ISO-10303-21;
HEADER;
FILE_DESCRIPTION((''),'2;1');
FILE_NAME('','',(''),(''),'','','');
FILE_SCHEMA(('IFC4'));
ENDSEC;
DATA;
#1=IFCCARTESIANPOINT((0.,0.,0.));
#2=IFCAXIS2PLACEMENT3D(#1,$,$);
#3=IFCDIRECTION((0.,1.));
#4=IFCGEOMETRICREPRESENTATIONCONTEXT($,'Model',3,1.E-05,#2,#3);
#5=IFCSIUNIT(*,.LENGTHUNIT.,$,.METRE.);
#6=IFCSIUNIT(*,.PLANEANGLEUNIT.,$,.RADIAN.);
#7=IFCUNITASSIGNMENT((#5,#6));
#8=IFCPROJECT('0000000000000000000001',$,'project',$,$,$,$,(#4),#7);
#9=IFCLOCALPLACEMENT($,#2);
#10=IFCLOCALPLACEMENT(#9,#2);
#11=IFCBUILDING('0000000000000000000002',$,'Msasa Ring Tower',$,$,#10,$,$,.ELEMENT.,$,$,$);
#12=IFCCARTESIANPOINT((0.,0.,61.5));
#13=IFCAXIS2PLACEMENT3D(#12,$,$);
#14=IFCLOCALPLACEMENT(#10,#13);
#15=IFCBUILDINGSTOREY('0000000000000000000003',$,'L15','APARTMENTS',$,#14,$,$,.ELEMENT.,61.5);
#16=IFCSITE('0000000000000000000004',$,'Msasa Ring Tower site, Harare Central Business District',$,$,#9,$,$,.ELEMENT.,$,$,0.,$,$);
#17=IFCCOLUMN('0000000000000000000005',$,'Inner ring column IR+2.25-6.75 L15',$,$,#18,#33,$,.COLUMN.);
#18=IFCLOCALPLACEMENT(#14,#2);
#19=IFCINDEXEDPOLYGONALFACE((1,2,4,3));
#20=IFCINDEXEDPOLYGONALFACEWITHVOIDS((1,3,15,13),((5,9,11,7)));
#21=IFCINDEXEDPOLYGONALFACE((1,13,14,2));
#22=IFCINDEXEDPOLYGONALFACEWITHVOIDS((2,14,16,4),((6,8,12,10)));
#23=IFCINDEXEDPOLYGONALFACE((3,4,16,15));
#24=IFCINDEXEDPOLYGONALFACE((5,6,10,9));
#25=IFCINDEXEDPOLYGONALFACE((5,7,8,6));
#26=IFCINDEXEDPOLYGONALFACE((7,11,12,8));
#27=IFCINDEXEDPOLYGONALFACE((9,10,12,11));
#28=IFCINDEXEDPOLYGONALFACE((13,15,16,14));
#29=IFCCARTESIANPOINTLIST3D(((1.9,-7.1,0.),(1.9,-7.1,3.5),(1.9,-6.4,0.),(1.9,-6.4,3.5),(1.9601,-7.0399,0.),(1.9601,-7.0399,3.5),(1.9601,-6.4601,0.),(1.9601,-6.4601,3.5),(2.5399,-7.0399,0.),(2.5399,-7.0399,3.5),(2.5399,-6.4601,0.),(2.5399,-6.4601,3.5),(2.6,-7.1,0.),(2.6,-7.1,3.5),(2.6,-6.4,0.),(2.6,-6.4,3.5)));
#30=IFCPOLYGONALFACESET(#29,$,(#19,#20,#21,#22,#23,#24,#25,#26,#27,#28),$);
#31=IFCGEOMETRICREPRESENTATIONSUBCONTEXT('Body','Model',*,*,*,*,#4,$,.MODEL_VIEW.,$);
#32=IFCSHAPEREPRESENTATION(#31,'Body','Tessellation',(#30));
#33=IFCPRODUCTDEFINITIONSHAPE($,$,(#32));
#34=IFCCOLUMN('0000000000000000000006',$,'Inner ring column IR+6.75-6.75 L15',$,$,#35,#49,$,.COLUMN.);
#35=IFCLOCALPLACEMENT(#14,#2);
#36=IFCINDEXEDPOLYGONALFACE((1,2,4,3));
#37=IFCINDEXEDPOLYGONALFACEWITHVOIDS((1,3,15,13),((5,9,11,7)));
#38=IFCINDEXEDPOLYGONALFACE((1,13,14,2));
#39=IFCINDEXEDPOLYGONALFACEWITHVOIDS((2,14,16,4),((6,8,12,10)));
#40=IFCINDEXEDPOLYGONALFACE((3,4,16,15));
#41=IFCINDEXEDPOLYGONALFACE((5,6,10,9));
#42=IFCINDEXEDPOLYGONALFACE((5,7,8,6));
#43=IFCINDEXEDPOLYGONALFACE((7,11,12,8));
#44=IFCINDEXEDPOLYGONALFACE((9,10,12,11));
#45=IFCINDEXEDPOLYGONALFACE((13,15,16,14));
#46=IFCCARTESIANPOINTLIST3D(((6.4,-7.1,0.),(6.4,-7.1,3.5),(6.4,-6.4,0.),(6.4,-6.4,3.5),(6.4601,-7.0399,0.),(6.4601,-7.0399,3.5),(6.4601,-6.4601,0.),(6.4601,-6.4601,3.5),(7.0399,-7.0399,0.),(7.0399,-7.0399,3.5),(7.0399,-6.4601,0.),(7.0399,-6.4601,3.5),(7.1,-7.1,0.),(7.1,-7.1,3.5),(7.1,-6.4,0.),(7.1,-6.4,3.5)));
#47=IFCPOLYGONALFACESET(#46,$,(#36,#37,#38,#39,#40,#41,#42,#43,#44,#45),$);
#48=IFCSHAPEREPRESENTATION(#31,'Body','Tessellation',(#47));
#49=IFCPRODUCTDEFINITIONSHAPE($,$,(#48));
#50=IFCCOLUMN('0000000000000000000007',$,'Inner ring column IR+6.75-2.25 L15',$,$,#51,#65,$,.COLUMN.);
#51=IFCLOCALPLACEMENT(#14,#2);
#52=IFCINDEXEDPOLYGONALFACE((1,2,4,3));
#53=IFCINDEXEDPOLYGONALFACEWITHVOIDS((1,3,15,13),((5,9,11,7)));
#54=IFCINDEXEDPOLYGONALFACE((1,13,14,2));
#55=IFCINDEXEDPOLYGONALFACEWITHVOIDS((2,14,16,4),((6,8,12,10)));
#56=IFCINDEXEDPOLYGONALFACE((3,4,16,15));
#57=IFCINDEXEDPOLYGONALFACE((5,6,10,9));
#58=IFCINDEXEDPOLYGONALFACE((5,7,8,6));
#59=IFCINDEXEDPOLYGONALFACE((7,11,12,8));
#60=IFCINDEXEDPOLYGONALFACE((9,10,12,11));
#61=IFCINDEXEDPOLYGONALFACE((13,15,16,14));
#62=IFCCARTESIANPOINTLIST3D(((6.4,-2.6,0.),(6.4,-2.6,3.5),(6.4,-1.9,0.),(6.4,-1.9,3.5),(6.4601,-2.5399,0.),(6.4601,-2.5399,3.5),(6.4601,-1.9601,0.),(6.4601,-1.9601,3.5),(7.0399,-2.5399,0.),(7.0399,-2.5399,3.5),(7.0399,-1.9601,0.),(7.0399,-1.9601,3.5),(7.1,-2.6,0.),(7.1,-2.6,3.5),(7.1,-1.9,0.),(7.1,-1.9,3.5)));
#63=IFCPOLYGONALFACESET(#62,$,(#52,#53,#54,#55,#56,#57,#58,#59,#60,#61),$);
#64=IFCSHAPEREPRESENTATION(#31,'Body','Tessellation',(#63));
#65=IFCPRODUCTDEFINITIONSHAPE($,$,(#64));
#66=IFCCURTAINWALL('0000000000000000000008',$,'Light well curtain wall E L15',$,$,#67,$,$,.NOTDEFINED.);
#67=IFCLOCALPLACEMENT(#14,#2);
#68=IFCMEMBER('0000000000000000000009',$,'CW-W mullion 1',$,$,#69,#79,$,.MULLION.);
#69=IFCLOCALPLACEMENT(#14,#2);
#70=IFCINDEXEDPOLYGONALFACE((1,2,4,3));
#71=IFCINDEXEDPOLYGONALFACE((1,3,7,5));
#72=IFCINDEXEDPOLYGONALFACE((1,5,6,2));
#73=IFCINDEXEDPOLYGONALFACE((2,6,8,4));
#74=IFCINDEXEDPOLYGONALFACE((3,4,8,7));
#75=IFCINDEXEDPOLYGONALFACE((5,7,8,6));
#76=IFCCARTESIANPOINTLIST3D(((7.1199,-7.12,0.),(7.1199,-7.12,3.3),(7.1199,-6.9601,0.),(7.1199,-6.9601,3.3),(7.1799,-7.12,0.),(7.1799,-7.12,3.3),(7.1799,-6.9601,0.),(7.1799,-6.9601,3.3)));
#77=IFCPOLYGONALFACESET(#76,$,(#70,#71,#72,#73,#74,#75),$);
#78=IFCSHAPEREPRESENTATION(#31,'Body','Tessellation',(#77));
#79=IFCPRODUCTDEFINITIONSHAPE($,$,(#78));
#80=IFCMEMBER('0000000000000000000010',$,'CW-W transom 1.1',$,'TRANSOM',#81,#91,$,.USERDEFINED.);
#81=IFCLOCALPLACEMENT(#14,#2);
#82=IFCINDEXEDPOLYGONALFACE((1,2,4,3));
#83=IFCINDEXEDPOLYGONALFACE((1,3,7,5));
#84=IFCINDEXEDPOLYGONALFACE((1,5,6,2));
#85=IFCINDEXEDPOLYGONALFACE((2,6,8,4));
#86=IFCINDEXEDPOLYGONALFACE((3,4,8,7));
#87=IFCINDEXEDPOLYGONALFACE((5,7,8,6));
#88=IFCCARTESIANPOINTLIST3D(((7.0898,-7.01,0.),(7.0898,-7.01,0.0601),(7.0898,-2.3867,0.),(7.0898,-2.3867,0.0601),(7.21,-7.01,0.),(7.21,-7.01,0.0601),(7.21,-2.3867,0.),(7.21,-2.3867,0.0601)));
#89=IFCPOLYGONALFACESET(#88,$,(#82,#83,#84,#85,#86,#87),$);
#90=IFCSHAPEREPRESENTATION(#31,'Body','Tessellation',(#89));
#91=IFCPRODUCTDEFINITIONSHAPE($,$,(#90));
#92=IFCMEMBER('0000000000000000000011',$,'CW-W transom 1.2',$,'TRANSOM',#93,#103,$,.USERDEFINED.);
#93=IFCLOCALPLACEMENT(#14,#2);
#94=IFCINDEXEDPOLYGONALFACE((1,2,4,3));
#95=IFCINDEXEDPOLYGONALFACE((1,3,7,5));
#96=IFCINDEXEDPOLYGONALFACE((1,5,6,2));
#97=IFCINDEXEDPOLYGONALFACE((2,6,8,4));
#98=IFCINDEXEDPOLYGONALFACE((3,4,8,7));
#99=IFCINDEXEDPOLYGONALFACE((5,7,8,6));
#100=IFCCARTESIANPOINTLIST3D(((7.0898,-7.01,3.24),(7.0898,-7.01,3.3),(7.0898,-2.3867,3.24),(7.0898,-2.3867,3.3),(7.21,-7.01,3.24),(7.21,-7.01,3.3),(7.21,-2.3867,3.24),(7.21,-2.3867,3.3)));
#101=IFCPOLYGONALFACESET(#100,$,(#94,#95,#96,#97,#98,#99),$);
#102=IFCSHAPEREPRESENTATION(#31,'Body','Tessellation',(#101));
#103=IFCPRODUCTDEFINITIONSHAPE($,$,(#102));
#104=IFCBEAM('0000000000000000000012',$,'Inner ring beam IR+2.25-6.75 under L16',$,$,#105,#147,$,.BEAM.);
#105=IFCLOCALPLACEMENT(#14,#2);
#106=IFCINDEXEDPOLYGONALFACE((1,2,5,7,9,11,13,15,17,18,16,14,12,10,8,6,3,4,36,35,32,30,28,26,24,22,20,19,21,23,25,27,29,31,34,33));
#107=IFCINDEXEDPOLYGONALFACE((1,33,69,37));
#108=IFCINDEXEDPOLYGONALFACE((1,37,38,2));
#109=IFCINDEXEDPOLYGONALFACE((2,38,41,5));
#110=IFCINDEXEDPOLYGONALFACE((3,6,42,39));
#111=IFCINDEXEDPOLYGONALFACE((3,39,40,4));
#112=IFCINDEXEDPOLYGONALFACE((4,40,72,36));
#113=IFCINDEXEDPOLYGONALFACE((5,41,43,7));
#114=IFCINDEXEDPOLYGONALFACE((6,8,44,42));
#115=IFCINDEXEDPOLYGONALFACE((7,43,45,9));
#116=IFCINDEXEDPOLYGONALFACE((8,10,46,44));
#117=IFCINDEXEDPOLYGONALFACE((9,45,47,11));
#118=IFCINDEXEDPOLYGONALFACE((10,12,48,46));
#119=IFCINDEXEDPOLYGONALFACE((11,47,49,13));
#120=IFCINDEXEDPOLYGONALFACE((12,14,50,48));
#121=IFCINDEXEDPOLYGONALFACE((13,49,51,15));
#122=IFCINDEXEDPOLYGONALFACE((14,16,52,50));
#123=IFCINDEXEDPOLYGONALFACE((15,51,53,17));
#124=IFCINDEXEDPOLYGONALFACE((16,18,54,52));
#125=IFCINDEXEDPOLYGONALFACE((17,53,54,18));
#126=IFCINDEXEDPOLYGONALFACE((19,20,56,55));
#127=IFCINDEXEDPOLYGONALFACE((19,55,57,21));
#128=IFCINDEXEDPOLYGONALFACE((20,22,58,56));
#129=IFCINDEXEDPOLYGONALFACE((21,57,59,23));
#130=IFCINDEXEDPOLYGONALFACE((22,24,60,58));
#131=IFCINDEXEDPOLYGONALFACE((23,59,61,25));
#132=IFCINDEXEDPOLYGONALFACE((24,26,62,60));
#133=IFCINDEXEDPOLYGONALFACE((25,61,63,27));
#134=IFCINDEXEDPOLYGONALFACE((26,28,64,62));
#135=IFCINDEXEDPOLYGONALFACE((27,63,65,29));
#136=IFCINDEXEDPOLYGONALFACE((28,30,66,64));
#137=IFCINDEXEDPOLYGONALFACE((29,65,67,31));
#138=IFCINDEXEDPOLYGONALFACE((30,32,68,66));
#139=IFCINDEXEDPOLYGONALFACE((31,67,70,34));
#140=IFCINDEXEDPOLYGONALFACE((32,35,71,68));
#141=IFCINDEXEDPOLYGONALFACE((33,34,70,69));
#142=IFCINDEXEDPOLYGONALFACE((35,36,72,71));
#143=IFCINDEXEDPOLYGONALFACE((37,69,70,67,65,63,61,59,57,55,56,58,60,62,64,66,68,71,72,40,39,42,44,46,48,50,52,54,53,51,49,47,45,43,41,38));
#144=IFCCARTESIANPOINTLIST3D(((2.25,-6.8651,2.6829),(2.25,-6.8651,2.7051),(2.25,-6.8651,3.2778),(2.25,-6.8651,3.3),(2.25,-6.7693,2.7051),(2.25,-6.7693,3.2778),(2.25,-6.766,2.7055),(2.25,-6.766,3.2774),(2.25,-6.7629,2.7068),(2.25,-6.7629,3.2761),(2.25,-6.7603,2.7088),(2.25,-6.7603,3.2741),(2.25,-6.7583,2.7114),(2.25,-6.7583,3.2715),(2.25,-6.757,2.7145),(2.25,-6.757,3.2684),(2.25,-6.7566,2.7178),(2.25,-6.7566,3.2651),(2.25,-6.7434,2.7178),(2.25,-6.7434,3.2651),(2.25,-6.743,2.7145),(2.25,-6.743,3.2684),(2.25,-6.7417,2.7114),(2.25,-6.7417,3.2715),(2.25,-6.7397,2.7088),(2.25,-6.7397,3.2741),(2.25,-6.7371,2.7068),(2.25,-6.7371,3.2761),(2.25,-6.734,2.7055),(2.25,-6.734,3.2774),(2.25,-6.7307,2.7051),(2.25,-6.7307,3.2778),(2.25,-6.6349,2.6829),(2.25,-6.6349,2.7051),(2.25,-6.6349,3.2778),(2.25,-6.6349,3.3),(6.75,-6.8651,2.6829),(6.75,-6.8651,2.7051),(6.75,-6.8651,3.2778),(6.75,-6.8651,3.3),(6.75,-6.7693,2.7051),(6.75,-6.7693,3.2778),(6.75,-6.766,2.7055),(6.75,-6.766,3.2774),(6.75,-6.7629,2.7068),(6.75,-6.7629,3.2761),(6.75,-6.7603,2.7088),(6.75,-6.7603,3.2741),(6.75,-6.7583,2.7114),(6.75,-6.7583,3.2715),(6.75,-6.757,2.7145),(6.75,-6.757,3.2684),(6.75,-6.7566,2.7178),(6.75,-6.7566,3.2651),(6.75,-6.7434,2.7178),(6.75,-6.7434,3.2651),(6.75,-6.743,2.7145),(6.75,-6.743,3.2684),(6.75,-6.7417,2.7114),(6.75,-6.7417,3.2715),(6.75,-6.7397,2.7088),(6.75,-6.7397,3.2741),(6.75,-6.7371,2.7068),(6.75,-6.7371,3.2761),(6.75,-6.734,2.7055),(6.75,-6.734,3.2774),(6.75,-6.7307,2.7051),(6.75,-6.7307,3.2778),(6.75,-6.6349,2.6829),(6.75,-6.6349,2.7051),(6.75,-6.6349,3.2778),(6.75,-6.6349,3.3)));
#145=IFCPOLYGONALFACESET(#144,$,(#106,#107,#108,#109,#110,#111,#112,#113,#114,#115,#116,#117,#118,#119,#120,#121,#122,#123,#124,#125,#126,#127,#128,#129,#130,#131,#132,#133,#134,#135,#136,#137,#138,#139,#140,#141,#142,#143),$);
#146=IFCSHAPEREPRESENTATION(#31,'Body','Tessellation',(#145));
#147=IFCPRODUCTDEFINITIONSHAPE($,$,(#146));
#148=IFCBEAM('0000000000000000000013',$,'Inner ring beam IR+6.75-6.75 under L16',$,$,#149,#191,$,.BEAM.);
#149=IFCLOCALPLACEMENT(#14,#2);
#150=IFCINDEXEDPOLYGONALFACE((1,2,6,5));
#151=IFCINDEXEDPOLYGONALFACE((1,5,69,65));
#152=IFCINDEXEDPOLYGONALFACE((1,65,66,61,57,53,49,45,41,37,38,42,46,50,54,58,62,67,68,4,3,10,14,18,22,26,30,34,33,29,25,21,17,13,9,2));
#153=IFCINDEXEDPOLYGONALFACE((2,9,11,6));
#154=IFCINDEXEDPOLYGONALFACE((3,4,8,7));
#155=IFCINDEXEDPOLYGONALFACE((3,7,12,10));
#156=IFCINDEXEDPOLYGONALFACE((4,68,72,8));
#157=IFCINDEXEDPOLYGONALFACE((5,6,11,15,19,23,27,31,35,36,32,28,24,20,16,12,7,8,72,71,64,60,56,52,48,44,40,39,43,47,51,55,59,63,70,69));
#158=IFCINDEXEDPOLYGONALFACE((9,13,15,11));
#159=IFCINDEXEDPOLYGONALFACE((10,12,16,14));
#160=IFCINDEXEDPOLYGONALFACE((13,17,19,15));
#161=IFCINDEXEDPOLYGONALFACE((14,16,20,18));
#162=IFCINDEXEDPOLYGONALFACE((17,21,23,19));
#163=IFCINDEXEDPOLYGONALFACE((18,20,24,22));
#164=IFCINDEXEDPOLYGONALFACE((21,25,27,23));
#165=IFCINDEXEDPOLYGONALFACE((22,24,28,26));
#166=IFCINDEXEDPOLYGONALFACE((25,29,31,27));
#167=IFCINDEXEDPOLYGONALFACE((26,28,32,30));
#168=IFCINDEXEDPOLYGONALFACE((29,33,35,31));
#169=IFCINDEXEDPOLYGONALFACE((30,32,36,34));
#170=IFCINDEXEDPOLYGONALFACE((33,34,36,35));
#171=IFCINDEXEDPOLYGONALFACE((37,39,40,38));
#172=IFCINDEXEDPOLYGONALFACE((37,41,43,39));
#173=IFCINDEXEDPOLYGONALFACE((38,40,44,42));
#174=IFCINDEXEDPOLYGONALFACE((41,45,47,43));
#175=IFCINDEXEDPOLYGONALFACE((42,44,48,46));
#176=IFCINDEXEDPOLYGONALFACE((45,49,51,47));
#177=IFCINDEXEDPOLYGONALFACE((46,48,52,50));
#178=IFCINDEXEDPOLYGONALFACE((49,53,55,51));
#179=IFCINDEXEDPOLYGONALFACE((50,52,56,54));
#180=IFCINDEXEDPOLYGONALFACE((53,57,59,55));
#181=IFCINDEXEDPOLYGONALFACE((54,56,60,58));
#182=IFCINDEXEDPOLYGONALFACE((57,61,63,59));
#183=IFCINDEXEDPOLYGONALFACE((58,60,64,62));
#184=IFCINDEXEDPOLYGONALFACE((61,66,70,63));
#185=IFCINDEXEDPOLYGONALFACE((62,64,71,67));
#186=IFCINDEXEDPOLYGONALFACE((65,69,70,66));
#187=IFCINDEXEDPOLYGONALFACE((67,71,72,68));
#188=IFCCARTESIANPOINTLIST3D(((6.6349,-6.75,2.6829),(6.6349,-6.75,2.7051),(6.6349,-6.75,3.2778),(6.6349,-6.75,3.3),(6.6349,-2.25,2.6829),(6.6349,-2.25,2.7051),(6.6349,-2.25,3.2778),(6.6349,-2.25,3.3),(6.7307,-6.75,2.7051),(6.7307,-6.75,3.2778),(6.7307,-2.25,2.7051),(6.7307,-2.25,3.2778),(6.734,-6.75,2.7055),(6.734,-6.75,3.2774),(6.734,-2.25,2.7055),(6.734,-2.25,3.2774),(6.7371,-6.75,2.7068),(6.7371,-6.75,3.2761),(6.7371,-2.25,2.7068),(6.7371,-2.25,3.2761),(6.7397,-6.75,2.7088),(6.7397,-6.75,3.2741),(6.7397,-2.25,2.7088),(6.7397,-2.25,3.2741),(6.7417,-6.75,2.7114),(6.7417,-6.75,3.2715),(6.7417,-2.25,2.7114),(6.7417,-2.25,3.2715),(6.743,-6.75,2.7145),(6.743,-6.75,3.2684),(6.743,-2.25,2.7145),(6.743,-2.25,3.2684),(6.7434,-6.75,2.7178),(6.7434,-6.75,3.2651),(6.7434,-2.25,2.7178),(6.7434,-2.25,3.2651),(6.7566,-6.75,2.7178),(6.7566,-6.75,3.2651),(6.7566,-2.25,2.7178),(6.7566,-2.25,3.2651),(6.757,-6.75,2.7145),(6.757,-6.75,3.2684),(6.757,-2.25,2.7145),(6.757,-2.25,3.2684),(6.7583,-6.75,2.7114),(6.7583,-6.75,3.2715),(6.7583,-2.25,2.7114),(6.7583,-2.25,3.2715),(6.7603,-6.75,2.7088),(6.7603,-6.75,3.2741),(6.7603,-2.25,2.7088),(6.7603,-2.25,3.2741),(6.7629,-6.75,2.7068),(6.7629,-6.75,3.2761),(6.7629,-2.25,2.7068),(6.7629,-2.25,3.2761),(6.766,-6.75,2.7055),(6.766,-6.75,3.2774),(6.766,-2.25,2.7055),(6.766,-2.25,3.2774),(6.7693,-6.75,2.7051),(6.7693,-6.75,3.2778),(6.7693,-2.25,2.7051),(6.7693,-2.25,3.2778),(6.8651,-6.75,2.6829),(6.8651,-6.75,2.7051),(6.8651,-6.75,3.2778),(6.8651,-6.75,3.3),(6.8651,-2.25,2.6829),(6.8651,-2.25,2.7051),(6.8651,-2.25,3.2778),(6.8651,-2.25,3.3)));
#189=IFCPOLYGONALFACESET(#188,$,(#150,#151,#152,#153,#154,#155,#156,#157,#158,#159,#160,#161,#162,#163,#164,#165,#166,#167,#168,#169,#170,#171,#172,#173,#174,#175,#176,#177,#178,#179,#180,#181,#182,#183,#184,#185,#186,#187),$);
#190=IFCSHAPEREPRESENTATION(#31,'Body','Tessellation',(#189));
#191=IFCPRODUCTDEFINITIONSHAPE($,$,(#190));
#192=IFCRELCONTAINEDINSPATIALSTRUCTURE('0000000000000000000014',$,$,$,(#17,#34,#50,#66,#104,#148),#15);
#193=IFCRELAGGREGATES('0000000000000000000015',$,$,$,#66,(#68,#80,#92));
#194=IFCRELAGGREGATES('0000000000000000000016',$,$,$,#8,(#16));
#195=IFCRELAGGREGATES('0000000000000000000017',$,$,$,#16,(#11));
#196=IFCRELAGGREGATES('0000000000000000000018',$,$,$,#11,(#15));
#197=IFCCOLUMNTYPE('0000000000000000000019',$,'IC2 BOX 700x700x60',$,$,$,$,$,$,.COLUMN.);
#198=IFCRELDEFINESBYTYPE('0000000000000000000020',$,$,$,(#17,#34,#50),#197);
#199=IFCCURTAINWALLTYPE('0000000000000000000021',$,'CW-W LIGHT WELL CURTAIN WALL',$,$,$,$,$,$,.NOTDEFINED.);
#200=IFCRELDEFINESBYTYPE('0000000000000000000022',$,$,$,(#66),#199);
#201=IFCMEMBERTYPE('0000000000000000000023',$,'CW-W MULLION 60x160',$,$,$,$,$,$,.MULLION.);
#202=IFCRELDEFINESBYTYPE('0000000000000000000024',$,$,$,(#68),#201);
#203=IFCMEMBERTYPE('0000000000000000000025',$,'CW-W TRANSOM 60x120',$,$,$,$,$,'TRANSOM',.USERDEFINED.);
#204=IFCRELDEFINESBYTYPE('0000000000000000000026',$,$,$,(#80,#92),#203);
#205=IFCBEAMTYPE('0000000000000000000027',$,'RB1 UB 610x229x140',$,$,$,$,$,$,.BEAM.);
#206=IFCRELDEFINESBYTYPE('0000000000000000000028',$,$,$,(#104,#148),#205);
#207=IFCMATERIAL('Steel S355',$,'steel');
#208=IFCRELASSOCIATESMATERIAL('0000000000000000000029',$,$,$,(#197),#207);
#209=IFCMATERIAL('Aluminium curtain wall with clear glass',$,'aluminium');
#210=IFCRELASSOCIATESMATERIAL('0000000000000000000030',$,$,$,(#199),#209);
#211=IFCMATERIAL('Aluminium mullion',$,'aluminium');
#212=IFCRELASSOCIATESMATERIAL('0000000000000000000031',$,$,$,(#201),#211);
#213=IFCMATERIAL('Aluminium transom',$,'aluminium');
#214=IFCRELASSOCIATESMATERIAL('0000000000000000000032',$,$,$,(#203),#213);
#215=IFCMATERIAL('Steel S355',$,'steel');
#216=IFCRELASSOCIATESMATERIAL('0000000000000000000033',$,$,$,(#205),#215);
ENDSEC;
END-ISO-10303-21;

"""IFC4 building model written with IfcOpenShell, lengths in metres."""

from ifc_helpers import new_model, si_unit, direction, frame, origin, origin_2d, place, context, subcontext, project, spatial, rectangle, hollow_rectangle, i_section, extrude, material, material_profile, profile_set, type_object, element, aggregate, save


model = new_model("IFC4")

# Units and contexts
model_context = context("Model", 3, precision=1e-05, world=origin(), true_north=direction((0.0, 1.0)))
body_context = subcontext(model_context, "Body", "Model", "MODEL_VIEW")
ifc_project = project(units=[si_unit("LENGTHUNIT", "METRE"), si_unit("PLANEANGLEUNIT", "RADIAN")], contexts=[model_context])

# Site, building, storey
site_placement = place(None, origin())
site = spatial("IfcSite", under=ifc_project, at=site_placement, Name="Msasa Ring Tower site, Harare Central Business District", CompositionType="ELEMENT", RefElevation=0.0)
building_placement = place(site_placement, origin())
building = spatial("IfcBuilding", under=site, at=building_placement, Name="Msasa Ring Tower", CompositionType="ELEMENT")
storey_placement = place(building_placement, frame((0.0, 0.0, 61.5)))
storey = spatial("IfcBuildingStorey", under=building, at=storey_placement, Name="L15", Description="APARTMENTS", CompositionType="ELEMENT", Elevation=61.5)

# Columns
ifc_material_1 = material(Name="Steel S355", Category="steel")
ifc_material_profile_1 = material_profile(ifc_material_1, hollow_rectangle(XDim=0.7, YDim=0.7, WallThickness=0.0601, at=origin_2d()), Name="BOX 700x700x60")
ifc_profile_set_1 = profile_set([ifc_material_profile_1], Name="Steel S355")
column_type = type_object("IfcColumnType", Name="IC2 BOX 700x700x60", PredefinedType="COLUMN", material=ifc_profile_set_1)
for number, where, z_axis, x_axis, name in (
    (1, (2.25, -6.75, 0.0), (0.0, 0.0, 1.0), (1.0, 0.0, 0.0), "Inner ring column IR+2.25-6.75 L15"),
    (2, (6.75, -6.75, 0.0), (0.0, 0.0, 1.0), (1.0, 0.0, 0.0), "Inner ring column IR+6.75-6.75 L15"),
    (3, (6.75, -2.25, 0.0), (0.0, 0.0, 1.0), (1.0, 0.0, 0.0), "Inner ring column IR+6.75-2.25 L15"),
):
    element("IfcColumn", number, at=place(storey_placement, frame(where, z_axis=z_axis, x_axis=x_axis)), inside=storey, type_object=column_type, Name=name, PredefinedType="COLUMN", context=body_context, shape_type="SweptSolid", body=[
        extrude(hollow_rectangle(XDim=0.7, YDim=0.7, WallThickness=0.0601, at=origin_2d()), origin(), (0.0, 0.0, 1.0), 3.5),
    ])

# Curtain wall, members
ifc_material_2 = material(Name="Aluminium curtain wall with clear glass", Category="aluminium")
curtain_wall_type = type_object("IfcCurtainWallType", Name="CW-W LIGHT WELL CURTAIN WALL", PredefinedType="NOTDEFINED", material=ifc_material_2)
curtain_wall_placement = place(storey_placement, origin())
curtain_wall = element("IfcCurtainWall", 4, at=curtain_wall_placement, inside=storey, type_object=curtain_wall_type, Name="Light well curtain wall E L15", PredefinedType="NOTDEFINED")
ifc_material_3 = material(Name="Aluminium mullion", Category="aluminium")
ifc_material_profile_2 = material_profile(ifc_material_3, rectangle(XDim=0.0601, YDim=0.1599, at=origin_2d()), Name="AL 60x160")
ifc_profile_set_2 = profile_set([ifc_material_profile_2], Name="Aluminium mullion")
member_type_1 = type_object("IfcMemberType", Name="CW-W MULLION 60x160", PredefinedType="MULLION", material=ifc_profile_set_2)
member_1_placement = place(storey_placement, frame((7.1499, -7.04, 0.0), z_axis=(0.0, 0.0, 1.0), x_axis=(-1.0, 0.0, 0.0)))
member_1 = element("IfcMember", 5, at=member_1_placement, type_object=member_type_1, Name="CW-W mullion 1", PredefinedType="MULLION", context=body_context, shape_type="SweptSolid", body=[
    extrude(rectangle(XDim=0.0601, YDim=0.1599, at=origin_2d()), origin(), (0.0, 0.0, 1.0), 3.3),
])
ifc_material_4 = material(Name="Aluminium transom", Category="aluminium")
ifc_material_profile_3 = material_profile(ifc_material_4, rectangle(XDim=0.1201, YDim=0.0601, at=origin_2d()), Name="AL 60x120")
ifc_profile_set_3 = profile_set([ifc_material_profile_3], Name="Aluminium transom")
member_type_2 = type_object("IfcMemberType", Name="CW-W TRANSOM 60x120", ElementType="TRANSOM", PredefinedType="USERDEFINED", material=ifc_profile_set_3)
member_2_placement = place(storey_placement, frame((7.1499, -7.01, 0.03), z_axis=(0.0, 1.0, 0.0), x_axis=(-1.0, 0.0, 0.0)))
member_2 = element("IfcMember", 6, at=member_2_placement, type_object=member_type_2, Name="CW-W transom 1.1", ObjectType="TRANSOM", PredefinedType="USERDEFINED", context=body_context, shape_type="SweptSolid", body=[
    extrude(rectangle(XDim=0.1201, YDim=0.0601, at=origin_2d()), origin(), (0.0, 0.0, 1.0), 4.6233),
])
member_3_placement = place(storey_placement, frame((7.1499, -7.01, 3.27), z_axis=(0.0, 1.0, 0.0), x_axis=(-1.0, 0.0, 0.0)))
member_3 = element("IfcMember", 7, at=member_3_placement, type_object=member_type_2, Name="CW-W transom 1.2", ObjectType="TRANSOM", PredefinedType="USERDEFINED", context=body_context, shape_type="SweptSolid", body=[
    extrude(rectangle(XDim=0.1201, YDim=0.0601, at=origin_2d()), origin(), (0.0, 0.0, 1.0), 4.6233),
])
aggregate(curtain_wall, [member_1, member_2, member_3])

# Beams
ifc_material_5 = material(Name="Steel S355", Category="steel")
ifc_material_profile_4 = material_profile(ifc_material_5, i_section(OverallWidth=0.2302, OverallDepth=0.6172, WebThickness=0.0132, FlangeThickness=0.0222, FilletRadius=0.0127, at=origin_2d()), Name="UB 610x229x140")
ifc_profile_set_4 = profile_set([ifc_material_profile_4], Name="Steel S355")
beam_type = type_object("IfcBeamType", Name="RB1 UB 610x229x140", PredefinedType="BEAM", material=ifc_profile_set_4)
for number, where, z_axis, x_axis, name in (
    (8, (2.25, -6.75, 2.9915), (1.0, 0.0, 0.0), (0.0, 1.0, 0.0), "Inner ring beam IR+2.25-6.75 under L16"),
    (9, (6.75, -6.75, 2.9915), (0.0, 1.0, 0.0), (-1.0, 0.0, 0.0), "Inner ring beam IR+6.75-6.75 under L16"),
):
    element("IfcBeam", number, at=place(storey_placement, frame(where, z_axis=z_axis, x_axis=x_axis)), inside=storey, type_object=beam_type, Name=name, PredefinedType="BEAM", context=body_context, shape_type="SweptSolid", body=[
        extrude(i_section(OverallWidth=0.2302, OverallDepth=0.6172, WebThickness=0.0132, FlangeThickness=0.0222, FilletRadius=0.0127, at=origin_2d()), origin(), (0.0, 0.0, 1.0), 4.5),
    ])

save(model, "model.ifc")
